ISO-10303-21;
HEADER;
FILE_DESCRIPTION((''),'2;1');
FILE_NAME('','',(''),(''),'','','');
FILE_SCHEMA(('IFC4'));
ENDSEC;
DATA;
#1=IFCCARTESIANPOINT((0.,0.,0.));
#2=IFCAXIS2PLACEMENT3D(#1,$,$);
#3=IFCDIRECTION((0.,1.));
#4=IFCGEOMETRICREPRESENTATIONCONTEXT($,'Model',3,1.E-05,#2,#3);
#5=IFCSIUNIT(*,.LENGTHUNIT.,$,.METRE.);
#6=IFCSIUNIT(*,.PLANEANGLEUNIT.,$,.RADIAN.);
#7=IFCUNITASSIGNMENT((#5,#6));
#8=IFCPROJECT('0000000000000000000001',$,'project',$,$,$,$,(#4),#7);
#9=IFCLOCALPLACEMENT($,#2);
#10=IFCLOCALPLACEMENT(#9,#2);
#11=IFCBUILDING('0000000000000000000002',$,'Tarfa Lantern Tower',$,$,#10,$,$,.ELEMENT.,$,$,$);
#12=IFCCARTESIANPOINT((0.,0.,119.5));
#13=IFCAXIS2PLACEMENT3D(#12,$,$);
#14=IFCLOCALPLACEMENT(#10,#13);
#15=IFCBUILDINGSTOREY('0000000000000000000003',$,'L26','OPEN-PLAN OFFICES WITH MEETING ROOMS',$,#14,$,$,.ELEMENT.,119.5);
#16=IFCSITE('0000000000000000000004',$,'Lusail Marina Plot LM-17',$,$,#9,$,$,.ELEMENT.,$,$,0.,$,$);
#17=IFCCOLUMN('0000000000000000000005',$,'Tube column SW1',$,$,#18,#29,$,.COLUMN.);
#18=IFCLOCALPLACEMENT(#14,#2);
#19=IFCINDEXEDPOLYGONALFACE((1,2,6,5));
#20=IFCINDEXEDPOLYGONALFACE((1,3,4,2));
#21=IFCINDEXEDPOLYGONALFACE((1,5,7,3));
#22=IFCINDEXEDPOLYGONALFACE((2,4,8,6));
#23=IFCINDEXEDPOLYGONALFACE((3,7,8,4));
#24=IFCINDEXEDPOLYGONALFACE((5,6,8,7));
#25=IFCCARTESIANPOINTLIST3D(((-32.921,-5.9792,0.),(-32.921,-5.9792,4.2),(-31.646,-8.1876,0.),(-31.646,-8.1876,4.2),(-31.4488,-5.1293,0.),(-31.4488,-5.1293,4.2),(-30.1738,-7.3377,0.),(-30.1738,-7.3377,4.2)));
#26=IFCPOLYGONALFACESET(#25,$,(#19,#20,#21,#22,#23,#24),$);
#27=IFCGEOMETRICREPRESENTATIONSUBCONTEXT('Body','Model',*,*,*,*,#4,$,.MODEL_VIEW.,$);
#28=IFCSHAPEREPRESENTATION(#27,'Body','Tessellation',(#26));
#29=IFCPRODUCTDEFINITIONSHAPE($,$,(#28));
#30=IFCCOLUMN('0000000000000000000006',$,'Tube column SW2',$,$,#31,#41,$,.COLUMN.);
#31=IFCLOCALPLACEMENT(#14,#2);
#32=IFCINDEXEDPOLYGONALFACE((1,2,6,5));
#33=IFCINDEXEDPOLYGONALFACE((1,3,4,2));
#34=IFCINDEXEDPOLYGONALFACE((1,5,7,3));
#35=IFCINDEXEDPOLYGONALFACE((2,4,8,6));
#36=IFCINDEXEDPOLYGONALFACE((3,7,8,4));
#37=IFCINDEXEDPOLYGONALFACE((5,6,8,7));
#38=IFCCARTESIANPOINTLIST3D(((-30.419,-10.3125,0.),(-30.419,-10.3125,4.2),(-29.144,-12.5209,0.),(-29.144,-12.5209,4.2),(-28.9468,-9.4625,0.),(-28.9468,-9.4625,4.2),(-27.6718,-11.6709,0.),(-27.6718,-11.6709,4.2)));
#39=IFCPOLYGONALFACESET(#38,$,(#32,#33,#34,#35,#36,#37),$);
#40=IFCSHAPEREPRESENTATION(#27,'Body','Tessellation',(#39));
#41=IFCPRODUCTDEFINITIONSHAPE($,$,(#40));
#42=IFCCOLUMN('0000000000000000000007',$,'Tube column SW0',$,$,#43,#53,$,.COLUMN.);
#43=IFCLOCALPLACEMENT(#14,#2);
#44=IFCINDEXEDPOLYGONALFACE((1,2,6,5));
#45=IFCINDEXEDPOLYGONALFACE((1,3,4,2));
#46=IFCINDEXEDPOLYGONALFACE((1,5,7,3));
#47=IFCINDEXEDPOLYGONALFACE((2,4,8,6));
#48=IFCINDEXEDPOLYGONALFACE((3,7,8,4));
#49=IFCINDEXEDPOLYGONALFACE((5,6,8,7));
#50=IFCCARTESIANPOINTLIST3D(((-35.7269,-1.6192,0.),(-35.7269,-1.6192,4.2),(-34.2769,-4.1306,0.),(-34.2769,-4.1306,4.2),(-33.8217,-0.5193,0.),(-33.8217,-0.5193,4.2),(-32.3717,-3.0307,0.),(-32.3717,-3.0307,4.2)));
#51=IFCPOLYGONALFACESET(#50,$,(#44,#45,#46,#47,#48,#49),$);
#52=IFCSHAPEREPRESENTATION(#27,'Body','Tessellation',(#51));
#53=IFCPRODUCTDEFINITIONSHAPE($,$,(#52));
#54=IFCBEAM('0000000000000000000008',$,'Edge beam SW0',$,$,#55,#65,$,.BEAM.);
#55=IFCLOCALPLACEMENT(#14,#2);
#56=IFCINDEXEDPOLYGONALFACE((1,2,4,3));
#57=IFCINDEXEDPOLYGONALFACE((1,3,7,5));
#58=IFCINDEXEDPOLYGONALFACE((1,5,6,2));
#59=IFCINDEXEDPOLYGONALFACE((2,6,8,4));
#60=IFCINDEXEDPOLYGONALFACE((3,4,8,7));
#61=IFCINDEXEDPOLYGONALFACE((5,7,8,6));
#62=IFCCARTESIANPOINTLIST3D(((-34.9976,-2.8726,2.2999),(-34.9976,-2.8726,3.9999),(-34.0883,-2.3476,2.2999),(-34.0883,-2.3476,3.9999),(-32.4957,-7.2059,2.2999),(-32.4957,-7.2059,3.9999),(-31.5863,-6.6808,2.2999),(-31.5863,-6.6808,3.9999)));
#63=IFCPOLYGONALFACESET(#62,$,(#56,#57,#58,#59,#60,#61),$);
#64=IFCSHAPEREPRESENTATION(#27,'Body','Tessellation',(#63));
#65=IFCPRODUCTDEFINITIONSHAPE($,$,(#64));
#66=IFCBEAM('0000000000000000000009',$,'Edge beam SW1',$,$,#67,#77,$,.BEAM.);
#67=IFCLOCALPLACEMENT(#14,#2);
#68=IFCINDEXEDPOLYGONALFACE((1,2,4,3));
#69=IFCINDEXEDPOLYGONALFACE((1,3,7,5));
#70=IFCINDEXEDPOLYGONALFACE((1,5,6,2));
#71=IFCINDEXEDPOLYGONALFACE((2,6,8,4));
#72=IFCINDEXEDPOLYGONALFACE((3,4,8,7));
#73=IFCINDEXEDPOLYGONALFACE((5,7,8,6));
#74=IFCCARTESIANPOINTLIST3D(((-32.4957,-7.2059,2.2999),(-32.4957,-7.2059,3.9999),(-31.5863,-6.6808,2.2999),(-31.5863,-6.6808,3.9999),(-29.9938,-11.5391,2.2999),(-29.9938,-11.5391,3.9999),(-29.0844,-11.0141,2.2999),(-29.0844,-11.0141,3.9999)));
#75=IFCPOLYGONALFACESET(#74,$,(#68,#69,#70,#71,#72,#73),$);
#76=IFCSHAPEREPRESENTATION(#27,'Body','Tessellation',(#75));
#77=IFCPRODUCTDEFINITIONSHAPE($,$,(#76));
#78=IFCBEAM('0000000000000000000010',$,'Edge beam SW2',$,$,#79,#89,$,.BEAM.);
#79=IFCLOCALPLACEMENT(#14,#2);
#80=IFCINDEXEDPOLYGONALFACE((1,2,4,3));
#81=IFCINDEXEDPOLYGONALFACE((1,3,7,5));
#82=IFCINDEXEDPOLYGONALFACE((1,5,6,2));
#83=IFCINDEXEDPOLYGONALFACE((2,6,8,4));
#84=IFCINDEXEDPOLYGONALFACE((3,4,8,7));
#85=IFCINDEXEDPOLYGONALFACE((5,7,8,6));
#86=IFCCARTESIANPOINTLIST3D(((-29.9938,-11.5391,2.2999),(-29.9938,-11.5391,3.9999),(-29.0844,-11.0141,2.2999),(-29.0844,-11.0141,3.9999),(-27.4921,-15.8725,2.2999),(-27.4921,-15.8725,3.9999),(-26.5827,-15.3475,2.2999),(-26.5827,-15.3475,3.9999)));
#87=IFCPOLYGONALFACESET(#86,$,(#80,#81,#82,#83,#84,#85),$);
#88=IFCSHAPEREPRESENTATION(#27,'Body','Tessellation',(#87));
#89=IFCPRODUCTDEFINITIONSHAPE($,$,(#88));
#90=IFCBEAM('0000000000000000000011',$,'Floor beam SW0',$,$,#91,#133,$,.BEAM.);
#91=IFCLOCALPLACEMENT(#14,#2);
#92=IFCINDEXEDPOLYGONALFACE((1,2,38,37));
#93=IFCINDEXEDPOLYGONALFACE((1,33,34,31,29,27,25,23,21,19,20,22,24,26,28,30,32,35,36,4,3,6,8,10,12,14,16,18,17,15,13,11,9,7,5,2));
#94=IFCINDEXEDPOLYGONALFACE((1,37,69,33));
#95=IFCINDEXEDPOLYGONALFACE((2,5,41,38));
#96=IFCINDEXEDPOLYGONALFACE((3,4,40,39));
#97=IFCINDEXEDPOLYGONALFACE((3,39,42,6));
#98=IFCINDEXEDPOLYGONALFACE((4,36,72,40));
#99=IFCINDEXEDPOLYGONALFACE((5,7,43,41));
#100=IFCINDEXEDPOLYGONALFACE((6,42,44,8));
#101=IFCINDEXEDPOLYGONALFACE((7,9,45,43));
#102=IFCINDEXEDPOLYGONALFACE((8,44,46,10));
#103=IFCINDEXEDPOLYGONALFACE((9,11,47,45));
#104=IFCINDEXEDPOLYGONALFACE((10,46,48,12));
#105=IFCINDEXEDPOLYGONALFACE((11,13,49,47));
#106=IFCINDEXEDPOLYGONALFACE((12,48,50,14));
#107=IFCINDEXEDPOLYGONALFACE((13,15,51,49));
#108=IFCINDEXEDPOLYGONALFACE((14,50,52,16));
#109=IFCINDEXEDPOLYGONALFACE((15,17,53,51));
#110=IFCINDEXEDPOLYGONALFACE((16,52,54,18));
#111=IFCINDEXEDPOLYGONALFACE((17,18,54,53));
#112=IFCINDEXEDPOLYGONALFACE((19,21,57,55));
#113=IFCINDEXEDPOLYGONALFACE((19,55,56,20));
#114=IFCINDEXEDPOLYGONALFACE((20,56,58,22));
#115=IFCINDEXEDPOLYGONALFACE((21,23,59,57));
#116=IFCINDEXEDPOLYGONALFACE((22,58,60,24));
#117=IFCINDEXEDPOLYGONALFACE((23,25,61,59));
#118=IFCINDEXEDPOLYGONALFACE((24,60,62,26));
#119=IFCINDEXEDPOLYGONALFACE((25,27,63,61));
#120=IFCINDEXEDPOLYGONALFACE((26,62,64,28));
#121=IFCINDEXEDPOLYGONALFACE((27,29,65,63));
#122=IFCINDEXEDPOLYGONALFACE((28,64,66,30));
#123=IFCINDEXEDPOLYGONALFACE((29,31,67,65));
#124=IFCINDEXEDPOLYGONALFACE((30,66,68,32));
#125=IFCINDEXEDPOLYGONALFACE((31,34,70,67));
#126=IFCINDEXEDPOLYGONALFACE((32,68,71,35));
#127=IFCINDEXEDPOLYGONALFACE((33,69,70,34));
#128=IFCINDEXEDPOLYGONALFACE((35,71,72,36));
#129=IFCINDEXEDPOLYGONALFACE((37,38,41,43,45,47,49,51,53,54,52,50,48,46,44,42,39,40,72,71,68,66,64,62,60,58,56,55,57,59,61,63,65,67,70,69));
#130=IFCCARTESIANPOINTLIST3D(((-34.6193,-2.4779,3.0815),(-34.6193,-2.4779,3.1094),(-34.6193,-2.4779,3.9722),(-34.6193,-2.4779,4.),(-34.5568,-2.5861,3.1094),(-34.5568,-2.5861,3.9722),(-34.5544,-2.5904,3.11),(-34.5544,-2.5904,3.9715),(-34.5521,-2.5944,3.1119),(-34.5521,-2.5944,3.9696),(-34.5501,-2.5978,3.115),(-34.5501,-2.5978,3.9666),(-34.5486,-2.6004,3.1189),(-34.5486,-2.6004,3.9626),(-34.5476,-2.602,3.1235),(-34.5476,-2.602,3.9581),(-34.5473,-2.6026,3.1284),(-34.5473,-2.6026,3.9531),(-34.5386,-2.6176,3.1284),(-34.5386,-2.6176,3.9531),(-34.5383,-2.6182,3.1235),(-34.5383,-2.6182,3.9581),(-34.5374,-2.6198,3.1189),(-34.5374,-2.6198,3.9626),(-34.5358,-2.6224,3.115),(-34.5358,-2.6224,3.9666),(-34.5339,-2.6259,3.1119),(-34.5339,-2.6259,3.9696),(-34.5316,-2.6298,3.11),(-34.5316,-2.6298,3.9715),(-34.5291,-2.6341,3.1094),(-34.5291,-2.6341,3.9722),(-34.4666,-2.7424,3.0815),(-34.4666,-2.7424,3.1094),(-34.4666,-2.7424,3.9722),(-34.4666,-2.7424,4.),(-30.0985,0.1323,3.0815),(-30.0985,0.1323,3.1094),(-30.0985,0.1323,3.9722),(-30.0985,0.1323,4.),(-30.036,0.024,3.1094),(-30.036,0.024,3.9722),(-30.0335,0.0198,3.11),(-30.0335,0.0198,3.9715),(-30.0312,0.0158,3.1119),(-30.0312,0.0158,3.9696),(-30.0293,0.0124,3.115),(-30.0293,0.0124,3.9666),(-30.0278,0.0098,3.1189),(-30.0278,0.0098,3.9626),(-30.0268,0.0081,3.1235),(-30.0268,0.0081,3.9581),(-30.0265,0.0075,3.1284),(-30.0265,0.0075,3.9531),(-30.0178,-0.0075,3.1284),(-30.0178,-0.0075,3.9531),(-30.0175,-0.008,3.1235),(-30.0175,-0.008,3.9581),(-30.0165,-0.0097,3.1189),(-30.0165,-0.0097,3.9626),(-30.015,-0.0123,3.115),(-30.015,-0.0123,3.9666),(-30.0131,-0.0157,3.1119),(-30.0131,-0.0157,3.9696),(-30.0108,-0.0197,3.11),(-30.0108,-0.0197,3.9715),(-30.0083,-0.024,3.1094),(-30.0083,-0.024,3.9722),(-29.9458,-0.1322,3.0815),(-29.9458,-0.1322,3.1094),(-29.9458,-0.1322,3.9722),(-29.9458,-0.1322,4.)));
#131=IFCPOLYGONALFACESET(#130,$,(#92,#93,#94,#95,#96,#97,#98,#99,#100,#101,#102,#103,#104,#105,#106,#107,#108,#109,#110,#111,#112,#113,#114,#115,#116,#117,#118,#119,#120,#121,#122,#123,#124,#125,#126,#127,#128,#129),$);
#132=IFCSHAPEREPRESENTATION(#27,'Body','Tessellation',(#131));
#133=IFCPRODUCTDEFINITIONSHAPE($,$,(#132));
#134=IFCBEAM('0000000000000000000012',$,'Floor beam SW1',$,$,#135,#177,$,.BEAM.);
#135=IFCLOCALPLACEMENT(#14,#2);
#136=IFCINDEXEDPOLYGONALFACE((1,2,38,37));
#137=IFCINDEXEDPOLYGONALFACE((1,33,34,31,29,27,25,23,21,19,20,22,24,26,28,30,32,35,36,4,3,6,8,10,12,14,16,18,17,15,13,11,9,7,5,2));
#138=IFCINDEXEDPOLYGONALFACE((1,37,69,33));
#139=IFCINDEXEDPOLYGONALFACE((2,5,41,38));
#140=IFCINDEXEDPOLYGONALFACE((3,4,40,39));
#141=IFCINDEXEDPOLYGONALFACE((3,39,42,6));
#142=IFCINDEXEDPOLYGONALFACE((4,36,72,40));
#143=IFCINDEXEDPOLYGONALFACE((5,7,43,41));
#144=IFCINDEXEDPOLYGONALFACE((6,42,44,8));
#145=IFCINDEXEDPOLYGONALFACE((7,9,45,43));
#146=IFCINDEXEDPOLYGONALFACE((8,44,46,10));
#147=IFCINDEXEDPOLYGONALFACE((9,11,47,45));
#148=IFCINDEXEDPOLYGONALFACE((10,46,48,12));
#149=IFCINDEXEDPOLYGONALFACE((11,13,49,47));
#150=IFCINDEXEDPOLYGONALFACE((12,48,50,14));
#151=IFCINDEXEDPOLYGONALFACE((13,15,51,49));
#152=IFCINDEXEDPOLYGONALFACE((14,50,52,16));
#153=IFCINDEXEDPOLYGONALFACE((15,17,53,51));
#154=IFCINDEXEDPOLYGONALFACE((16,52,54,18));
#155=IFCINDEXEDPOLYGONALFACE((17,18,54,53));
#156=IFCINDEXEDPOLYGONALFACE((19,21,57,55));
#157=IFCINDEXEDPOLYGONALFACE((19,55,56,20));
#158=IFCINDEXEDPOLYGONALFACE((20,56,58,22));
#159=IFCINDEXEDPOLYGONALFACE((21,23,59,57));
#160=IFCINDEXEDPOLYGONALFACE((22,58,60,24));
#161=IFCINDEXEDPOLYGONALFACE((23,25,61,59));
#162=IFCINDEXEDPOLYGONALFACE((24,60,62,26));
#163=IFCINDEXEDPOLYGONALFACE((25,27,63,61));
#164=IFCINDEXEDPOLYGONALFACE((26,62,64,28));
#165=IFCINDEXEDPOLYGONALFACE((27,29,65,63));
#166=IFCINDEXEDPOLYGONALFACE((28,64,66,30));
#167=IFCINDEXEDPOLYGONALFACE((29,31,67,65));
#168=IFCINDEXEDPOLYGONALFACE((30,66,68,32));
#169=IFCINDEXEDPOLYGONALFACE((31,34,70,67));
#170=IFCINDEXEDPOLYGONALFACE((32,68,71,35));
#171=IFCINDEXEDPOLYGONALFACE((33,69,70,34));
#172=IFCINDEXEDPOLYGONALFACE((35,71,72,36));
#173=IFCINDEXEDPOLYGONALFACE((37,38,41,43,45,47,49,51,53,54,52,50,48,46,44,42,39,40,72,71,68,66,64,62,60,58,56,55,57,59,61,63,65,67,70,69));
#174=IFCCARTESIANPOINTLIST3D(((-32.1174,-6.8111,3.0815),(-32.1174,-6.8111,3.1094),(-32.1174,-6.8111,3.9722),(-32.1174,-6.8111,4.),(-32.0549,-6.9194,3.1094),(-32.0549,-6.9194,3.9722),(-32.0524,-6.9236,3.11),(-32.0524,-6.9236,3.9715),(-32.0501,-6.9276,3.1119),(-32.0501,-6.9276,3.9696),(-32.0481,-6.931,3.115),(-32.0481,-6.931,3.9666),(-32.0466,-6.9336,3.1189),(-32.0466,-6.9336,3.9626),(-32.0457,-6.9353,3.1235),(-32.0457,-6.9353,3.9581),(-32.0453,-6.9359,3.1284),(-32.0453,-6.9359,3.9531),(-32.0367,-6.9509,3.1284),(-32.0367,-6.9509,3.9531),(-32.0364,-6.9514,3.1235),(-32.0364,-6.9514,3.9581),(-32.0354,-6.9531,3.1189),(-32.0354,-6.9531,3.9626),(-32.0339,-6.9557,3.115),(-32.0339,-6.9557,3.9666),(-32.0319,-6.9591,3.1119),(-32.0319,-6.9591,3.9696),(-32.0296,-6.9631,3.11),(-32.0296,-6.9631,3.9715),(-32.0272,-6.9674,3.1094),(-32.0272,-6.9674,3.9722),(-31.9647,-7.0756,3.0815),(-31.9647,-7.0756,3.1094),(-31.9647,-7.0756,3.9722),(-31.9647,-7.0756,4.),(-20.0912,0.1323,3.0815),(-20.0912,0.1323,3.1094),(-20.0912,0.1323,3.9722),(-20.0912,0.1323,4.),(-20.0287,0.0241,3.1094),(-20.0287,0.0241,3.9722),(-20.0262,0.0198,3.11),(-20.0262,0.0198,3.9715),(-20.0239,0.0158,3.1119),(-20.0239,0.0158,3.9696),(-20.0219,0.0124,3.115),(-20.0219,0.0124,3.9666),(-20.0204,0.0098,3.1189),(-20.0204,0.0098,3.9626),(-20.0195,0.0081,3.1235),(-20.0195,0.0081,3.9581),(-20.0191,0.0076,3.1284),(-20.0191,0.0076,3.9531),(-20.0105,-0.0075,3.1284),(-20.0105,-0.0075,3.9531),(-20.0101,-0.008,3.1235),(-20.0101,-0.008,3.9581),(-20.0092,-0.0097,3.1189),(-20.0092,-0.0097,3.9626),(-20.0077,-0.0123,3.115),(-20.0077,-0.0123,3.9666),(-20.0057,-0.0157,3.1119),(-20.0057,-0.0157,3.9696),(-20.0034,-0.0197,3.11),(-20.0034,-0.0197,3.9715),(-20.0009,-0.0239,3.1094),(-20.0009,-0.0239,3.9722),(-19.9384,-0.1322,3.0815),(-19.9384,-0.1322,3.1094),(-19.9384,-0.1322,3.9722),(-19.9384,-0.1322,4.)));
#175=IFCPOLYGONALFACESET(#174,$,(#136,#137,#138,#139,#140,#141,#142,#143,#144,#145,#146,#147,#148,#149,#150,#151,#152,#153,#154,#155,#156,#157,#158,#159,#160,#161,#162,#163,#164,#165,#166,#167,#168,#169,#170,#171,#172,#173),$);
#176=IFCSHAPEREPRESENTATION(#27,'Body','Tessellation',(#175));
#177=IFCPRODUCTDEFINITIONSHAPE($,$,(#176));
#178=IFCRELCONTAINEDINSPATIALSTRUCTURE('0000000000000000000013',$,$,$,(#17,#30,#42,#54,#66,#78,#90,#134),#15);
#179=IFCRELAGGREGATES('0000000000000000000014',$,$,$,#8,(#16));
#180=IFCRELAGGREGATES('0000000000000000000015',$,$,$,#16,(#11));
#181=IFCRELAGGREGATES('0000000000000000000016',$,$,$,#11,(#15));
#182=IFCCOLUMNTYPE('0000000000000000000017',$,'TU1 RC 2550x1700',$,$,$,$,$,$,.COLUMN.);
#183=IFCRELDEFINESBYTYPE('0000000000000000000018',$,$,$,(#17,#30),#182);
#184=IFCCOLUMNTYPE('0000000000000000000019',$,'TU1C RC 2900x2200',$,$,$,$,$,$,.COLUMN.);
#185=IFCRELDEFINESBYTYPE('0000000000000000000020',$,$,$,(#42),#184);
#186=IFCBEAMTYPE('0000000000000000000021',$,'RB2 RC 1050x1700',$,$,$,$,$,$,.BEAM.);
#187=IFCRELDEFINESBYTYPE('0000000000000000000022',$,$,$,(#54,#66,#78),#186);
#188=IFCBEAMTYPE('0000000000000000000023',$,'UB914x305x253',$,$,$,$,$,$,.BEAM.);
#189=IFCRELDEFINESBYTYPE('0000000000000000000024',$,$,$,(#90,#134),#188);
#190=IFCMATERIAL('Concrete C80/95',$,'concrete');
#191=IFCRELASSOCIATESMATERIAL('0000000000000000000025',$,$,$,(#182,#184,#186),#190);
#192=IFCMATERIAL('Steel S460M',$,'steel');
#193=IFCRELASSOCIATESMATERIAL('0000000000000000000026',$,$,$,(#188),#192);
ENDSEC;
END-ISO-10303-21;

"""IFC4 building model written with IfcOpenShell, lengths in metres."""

from ifc_helpers import new_model, si_unit, direction, frame, origin, origin_2d, place, context, subcontext, project, spatial, rectangle, i_section, extrude, material, material_profile, profile_set, type_object, element, save


model = new_model("IFC4")

# Units and contexts
model_context = context("Model", 3, precision=1e-05, world=origin(), true_north=direction((0.0, 1.0)))
body_context = subcontext(model_context, "Body", "Model", "MODEL_VIEW")
ifc_project = project(units=[si_unit("LENGTHUNIT", "METRE"), si_unit("PLANEANGLEUNIT", "RADIAN")], contexts=[model_context])

# Site, building, storey
site_placement = place(None, origin())
site = spatial("IfcSite", under=ifc_project, at=site_placement, Name="Lusail Marina Plot LM-17", CompositionType="ELEMENT", RefElevation=0.0)
building_placement = place(site_placement, origin())
building = spatial("IfcBuilding", under=site, at=building_placement, Name="Tarfa Lantern Tower", CompositionType="ELEMENT")
storey_placement = place(building_placement, frame((0.0, 0.0, 119.5)))
storey = spatial("IfcBuildingStorey", under=building, at=storey_placement, Name="L26", Description="OPEN-PLAN OFFICES WITH MEETING ROOMS", CompositionType="ELEMENT", Elevation=119.5)

# Columns
ifc_material_1 = material(Name="Concrete C80/95", Category="concrete")
ifc_material_profile_1 = material_profile(ifc_material_1, rectangle(XDim=2.55, YDim=1.7, at=origin_2d()), Name="RC 2550x1700")
ifc_profile_set_1 = profile_set([ifc_material_profile_1], Name="Concrete C80/95")
column_type_1 = type_object("IfcColumnType", Name="TU1 RC 2550x1700", PredefinedType="COLUMN", material=ifc_profile_set_1)
for number, where, z_axis, x_axis, name in (
    (1, (-31.5474, -6.6584, 0.0), (0.0, 0.0, 1.0), (0.5, -0.866025, 0.0), "Tube column SW1"),
    (2, (-29.0454, -10.9917, 0.0), (0.0, 0.0, 1.0), (0.5, -0.866025, 0.0), "Tube column SW2"),
):
    element("IfcColumn", number, at=place(storey_placement, frame(where, z_axis=z_axis, x_axis=x_axis)), inside=storey, type_object=column_type_1, Name=name, PredefinedType="COLUMN", context=body_context, shape_type="SweptSolid", body=[
        extrude(rectangle(XDim=2.55, YDim=1.7, at=origin_2d()), origin(), (0.0, 0.0, 1.0), 4.2),
    ])
ifc_material_profile_2 = material_profile(ifc_material_1, rectangle(XDim=2.8999, YDim=2.2, at=origin_2d()), Name="RC 2900x2200")
ifc_profile_set_2 = profile_set([ifc_material_profile_2], Name="Concrete C80/95")
column_type_2 = type_object("IfcColumnType", Name="TU1C RC 2900x2200", PredefinedType="COLUMN", material=ifc_profile_set_2)
column_placement = place(storey_placement, frame((-34.0493, -2.325, 0.0), z_axis=(0.0, 0.0, 1.0), x_axis=(0.5, -0.866025, 0.0)))
element("IfcColumn", 3, at=column_placement, inside=storey, type_object=column_type_2, Name="Tube column SW0", PredefinedType="COLUMN", context=body_context, shape_type="SweptSolid", body=[
    extrude(rectangle(XDim=2.8999, YDim=2.2, at=origin_2d()), origin(), (0.0, 0.0, 1.0), 4.2),
])

# Beams
ifc_material_profile_3 = material_profile(ifc_material_1, rectangle(XDim=1.05, YDim=1.7, at=origin_2d()), Name="RC 1050x1700")
ifc_profile_set_3 = profile_set([ifc_material_profile_3], Name="Concrete C80/95")
beam_type_1 = type_object("IfcBeamType", Name="RB2 RC 1050x1700", PredefinedType="BEAM", material=ifc_profile_set_3)
for number, where, z_axis, x_axis, name in (
    (4, (-34.543, -2.6101, 3.1499), (0.500022, -0.866013, 0.0), (0.866013, 0.500022, 0.0), "Edge beam SW0"),
    (5, (-32.041, -6.9434, 3.1499), (0.500022, -0.866013, 0.0), (0.866013, 0.500022, 0.0), "Edge beam SW1"),
    (6, (-29.5391, -11.2766, 3.1499), (0.499965, -0.866046, 0.0), (0.866046, 0.499965, 0.0), "Edge beam SW2"),
):
    element("IfcBeam", number, at=place(storey_placement, frame(where, z_axis=z_axis, x_axis=x_axis)), inside=storey, type_object=beam_type_1, Name=name, PredefinedType="BEAM", context=body_context, shape_type="SweptSolid", body=[
        extrude(rectangle(XDim=1.05, YDim=1.7, at=origin_2d()), origin(), (0.0, 0.0, 1.0), 5.0037),
    ])
ifc_material_2 = material(Name="Steel S460M", Category="steel")
ifc_material_profile_4 = material_profile(ifc_material_2, i_section(OverallWidth=0.3054, OverallDepth=0.9185, WebThickness=0.0173, FlangeThickness=0.0278, FilletRadius=0.019, at=origin_2d()), Name="UB914x305x253")
ifc_profile_set_4 = profile_set([ifc_material_profile_4], Name="Steel S460M")
beam_type_2 = type_object("IfcBeamType", Name="UB914x305x253", PredefinedType="BEAM", material=ifc_profile_set_4)
beam_1_placement = place(storey_placement, frame((-34.543, -2.6101, 3.5408), z_axis=(0.866021, 0.500007, 0.0), x_axis=(-0.500007, 0.866021, 0.0)))
element("IfcBeam", 7, at=beam_1_placement, inside=storey, type_object=beam_type_2, Name="Floor beam SW0", PredefinedType="BEAM", context=body_context, shape_type="SweptSolid", body=[
    extrude(i_section(OverallWidth=0.3054, OverallDepth=0.9185, WebThickness=0.0173, FlangeThickness=0.0278, FilletRadius=0.019, at=origin_2d()), origin(), (0.0, 0.0, 1.0), 5.2202),
])
beam_2_placement = place(storey_placement, frame((-32.041, -6.9434, 3.5408), z_axis=(0.866023, 0.500004, 0.0), x_axis=(-0.500004, 0.866023, 0.0)))
element("IfcBeam", 8, at=beam_2_placement, inside=storey, type_object=beam_type_2, Name="Floor beam SW1", PredefinedType="BEAM", context=body_context, shape_type="SweptSolid", body=[
    extrude(i_section(OverallWidth=0.3054, OverallDepth=0.9185, WebThickness=0.0173, FlangeThickness=0.0278, FilletRadius=0.019, at=origin_2d()), origin(), (0.0, 0.0, 1.0), 13.8867),
])

save(model, "model.ifc")
